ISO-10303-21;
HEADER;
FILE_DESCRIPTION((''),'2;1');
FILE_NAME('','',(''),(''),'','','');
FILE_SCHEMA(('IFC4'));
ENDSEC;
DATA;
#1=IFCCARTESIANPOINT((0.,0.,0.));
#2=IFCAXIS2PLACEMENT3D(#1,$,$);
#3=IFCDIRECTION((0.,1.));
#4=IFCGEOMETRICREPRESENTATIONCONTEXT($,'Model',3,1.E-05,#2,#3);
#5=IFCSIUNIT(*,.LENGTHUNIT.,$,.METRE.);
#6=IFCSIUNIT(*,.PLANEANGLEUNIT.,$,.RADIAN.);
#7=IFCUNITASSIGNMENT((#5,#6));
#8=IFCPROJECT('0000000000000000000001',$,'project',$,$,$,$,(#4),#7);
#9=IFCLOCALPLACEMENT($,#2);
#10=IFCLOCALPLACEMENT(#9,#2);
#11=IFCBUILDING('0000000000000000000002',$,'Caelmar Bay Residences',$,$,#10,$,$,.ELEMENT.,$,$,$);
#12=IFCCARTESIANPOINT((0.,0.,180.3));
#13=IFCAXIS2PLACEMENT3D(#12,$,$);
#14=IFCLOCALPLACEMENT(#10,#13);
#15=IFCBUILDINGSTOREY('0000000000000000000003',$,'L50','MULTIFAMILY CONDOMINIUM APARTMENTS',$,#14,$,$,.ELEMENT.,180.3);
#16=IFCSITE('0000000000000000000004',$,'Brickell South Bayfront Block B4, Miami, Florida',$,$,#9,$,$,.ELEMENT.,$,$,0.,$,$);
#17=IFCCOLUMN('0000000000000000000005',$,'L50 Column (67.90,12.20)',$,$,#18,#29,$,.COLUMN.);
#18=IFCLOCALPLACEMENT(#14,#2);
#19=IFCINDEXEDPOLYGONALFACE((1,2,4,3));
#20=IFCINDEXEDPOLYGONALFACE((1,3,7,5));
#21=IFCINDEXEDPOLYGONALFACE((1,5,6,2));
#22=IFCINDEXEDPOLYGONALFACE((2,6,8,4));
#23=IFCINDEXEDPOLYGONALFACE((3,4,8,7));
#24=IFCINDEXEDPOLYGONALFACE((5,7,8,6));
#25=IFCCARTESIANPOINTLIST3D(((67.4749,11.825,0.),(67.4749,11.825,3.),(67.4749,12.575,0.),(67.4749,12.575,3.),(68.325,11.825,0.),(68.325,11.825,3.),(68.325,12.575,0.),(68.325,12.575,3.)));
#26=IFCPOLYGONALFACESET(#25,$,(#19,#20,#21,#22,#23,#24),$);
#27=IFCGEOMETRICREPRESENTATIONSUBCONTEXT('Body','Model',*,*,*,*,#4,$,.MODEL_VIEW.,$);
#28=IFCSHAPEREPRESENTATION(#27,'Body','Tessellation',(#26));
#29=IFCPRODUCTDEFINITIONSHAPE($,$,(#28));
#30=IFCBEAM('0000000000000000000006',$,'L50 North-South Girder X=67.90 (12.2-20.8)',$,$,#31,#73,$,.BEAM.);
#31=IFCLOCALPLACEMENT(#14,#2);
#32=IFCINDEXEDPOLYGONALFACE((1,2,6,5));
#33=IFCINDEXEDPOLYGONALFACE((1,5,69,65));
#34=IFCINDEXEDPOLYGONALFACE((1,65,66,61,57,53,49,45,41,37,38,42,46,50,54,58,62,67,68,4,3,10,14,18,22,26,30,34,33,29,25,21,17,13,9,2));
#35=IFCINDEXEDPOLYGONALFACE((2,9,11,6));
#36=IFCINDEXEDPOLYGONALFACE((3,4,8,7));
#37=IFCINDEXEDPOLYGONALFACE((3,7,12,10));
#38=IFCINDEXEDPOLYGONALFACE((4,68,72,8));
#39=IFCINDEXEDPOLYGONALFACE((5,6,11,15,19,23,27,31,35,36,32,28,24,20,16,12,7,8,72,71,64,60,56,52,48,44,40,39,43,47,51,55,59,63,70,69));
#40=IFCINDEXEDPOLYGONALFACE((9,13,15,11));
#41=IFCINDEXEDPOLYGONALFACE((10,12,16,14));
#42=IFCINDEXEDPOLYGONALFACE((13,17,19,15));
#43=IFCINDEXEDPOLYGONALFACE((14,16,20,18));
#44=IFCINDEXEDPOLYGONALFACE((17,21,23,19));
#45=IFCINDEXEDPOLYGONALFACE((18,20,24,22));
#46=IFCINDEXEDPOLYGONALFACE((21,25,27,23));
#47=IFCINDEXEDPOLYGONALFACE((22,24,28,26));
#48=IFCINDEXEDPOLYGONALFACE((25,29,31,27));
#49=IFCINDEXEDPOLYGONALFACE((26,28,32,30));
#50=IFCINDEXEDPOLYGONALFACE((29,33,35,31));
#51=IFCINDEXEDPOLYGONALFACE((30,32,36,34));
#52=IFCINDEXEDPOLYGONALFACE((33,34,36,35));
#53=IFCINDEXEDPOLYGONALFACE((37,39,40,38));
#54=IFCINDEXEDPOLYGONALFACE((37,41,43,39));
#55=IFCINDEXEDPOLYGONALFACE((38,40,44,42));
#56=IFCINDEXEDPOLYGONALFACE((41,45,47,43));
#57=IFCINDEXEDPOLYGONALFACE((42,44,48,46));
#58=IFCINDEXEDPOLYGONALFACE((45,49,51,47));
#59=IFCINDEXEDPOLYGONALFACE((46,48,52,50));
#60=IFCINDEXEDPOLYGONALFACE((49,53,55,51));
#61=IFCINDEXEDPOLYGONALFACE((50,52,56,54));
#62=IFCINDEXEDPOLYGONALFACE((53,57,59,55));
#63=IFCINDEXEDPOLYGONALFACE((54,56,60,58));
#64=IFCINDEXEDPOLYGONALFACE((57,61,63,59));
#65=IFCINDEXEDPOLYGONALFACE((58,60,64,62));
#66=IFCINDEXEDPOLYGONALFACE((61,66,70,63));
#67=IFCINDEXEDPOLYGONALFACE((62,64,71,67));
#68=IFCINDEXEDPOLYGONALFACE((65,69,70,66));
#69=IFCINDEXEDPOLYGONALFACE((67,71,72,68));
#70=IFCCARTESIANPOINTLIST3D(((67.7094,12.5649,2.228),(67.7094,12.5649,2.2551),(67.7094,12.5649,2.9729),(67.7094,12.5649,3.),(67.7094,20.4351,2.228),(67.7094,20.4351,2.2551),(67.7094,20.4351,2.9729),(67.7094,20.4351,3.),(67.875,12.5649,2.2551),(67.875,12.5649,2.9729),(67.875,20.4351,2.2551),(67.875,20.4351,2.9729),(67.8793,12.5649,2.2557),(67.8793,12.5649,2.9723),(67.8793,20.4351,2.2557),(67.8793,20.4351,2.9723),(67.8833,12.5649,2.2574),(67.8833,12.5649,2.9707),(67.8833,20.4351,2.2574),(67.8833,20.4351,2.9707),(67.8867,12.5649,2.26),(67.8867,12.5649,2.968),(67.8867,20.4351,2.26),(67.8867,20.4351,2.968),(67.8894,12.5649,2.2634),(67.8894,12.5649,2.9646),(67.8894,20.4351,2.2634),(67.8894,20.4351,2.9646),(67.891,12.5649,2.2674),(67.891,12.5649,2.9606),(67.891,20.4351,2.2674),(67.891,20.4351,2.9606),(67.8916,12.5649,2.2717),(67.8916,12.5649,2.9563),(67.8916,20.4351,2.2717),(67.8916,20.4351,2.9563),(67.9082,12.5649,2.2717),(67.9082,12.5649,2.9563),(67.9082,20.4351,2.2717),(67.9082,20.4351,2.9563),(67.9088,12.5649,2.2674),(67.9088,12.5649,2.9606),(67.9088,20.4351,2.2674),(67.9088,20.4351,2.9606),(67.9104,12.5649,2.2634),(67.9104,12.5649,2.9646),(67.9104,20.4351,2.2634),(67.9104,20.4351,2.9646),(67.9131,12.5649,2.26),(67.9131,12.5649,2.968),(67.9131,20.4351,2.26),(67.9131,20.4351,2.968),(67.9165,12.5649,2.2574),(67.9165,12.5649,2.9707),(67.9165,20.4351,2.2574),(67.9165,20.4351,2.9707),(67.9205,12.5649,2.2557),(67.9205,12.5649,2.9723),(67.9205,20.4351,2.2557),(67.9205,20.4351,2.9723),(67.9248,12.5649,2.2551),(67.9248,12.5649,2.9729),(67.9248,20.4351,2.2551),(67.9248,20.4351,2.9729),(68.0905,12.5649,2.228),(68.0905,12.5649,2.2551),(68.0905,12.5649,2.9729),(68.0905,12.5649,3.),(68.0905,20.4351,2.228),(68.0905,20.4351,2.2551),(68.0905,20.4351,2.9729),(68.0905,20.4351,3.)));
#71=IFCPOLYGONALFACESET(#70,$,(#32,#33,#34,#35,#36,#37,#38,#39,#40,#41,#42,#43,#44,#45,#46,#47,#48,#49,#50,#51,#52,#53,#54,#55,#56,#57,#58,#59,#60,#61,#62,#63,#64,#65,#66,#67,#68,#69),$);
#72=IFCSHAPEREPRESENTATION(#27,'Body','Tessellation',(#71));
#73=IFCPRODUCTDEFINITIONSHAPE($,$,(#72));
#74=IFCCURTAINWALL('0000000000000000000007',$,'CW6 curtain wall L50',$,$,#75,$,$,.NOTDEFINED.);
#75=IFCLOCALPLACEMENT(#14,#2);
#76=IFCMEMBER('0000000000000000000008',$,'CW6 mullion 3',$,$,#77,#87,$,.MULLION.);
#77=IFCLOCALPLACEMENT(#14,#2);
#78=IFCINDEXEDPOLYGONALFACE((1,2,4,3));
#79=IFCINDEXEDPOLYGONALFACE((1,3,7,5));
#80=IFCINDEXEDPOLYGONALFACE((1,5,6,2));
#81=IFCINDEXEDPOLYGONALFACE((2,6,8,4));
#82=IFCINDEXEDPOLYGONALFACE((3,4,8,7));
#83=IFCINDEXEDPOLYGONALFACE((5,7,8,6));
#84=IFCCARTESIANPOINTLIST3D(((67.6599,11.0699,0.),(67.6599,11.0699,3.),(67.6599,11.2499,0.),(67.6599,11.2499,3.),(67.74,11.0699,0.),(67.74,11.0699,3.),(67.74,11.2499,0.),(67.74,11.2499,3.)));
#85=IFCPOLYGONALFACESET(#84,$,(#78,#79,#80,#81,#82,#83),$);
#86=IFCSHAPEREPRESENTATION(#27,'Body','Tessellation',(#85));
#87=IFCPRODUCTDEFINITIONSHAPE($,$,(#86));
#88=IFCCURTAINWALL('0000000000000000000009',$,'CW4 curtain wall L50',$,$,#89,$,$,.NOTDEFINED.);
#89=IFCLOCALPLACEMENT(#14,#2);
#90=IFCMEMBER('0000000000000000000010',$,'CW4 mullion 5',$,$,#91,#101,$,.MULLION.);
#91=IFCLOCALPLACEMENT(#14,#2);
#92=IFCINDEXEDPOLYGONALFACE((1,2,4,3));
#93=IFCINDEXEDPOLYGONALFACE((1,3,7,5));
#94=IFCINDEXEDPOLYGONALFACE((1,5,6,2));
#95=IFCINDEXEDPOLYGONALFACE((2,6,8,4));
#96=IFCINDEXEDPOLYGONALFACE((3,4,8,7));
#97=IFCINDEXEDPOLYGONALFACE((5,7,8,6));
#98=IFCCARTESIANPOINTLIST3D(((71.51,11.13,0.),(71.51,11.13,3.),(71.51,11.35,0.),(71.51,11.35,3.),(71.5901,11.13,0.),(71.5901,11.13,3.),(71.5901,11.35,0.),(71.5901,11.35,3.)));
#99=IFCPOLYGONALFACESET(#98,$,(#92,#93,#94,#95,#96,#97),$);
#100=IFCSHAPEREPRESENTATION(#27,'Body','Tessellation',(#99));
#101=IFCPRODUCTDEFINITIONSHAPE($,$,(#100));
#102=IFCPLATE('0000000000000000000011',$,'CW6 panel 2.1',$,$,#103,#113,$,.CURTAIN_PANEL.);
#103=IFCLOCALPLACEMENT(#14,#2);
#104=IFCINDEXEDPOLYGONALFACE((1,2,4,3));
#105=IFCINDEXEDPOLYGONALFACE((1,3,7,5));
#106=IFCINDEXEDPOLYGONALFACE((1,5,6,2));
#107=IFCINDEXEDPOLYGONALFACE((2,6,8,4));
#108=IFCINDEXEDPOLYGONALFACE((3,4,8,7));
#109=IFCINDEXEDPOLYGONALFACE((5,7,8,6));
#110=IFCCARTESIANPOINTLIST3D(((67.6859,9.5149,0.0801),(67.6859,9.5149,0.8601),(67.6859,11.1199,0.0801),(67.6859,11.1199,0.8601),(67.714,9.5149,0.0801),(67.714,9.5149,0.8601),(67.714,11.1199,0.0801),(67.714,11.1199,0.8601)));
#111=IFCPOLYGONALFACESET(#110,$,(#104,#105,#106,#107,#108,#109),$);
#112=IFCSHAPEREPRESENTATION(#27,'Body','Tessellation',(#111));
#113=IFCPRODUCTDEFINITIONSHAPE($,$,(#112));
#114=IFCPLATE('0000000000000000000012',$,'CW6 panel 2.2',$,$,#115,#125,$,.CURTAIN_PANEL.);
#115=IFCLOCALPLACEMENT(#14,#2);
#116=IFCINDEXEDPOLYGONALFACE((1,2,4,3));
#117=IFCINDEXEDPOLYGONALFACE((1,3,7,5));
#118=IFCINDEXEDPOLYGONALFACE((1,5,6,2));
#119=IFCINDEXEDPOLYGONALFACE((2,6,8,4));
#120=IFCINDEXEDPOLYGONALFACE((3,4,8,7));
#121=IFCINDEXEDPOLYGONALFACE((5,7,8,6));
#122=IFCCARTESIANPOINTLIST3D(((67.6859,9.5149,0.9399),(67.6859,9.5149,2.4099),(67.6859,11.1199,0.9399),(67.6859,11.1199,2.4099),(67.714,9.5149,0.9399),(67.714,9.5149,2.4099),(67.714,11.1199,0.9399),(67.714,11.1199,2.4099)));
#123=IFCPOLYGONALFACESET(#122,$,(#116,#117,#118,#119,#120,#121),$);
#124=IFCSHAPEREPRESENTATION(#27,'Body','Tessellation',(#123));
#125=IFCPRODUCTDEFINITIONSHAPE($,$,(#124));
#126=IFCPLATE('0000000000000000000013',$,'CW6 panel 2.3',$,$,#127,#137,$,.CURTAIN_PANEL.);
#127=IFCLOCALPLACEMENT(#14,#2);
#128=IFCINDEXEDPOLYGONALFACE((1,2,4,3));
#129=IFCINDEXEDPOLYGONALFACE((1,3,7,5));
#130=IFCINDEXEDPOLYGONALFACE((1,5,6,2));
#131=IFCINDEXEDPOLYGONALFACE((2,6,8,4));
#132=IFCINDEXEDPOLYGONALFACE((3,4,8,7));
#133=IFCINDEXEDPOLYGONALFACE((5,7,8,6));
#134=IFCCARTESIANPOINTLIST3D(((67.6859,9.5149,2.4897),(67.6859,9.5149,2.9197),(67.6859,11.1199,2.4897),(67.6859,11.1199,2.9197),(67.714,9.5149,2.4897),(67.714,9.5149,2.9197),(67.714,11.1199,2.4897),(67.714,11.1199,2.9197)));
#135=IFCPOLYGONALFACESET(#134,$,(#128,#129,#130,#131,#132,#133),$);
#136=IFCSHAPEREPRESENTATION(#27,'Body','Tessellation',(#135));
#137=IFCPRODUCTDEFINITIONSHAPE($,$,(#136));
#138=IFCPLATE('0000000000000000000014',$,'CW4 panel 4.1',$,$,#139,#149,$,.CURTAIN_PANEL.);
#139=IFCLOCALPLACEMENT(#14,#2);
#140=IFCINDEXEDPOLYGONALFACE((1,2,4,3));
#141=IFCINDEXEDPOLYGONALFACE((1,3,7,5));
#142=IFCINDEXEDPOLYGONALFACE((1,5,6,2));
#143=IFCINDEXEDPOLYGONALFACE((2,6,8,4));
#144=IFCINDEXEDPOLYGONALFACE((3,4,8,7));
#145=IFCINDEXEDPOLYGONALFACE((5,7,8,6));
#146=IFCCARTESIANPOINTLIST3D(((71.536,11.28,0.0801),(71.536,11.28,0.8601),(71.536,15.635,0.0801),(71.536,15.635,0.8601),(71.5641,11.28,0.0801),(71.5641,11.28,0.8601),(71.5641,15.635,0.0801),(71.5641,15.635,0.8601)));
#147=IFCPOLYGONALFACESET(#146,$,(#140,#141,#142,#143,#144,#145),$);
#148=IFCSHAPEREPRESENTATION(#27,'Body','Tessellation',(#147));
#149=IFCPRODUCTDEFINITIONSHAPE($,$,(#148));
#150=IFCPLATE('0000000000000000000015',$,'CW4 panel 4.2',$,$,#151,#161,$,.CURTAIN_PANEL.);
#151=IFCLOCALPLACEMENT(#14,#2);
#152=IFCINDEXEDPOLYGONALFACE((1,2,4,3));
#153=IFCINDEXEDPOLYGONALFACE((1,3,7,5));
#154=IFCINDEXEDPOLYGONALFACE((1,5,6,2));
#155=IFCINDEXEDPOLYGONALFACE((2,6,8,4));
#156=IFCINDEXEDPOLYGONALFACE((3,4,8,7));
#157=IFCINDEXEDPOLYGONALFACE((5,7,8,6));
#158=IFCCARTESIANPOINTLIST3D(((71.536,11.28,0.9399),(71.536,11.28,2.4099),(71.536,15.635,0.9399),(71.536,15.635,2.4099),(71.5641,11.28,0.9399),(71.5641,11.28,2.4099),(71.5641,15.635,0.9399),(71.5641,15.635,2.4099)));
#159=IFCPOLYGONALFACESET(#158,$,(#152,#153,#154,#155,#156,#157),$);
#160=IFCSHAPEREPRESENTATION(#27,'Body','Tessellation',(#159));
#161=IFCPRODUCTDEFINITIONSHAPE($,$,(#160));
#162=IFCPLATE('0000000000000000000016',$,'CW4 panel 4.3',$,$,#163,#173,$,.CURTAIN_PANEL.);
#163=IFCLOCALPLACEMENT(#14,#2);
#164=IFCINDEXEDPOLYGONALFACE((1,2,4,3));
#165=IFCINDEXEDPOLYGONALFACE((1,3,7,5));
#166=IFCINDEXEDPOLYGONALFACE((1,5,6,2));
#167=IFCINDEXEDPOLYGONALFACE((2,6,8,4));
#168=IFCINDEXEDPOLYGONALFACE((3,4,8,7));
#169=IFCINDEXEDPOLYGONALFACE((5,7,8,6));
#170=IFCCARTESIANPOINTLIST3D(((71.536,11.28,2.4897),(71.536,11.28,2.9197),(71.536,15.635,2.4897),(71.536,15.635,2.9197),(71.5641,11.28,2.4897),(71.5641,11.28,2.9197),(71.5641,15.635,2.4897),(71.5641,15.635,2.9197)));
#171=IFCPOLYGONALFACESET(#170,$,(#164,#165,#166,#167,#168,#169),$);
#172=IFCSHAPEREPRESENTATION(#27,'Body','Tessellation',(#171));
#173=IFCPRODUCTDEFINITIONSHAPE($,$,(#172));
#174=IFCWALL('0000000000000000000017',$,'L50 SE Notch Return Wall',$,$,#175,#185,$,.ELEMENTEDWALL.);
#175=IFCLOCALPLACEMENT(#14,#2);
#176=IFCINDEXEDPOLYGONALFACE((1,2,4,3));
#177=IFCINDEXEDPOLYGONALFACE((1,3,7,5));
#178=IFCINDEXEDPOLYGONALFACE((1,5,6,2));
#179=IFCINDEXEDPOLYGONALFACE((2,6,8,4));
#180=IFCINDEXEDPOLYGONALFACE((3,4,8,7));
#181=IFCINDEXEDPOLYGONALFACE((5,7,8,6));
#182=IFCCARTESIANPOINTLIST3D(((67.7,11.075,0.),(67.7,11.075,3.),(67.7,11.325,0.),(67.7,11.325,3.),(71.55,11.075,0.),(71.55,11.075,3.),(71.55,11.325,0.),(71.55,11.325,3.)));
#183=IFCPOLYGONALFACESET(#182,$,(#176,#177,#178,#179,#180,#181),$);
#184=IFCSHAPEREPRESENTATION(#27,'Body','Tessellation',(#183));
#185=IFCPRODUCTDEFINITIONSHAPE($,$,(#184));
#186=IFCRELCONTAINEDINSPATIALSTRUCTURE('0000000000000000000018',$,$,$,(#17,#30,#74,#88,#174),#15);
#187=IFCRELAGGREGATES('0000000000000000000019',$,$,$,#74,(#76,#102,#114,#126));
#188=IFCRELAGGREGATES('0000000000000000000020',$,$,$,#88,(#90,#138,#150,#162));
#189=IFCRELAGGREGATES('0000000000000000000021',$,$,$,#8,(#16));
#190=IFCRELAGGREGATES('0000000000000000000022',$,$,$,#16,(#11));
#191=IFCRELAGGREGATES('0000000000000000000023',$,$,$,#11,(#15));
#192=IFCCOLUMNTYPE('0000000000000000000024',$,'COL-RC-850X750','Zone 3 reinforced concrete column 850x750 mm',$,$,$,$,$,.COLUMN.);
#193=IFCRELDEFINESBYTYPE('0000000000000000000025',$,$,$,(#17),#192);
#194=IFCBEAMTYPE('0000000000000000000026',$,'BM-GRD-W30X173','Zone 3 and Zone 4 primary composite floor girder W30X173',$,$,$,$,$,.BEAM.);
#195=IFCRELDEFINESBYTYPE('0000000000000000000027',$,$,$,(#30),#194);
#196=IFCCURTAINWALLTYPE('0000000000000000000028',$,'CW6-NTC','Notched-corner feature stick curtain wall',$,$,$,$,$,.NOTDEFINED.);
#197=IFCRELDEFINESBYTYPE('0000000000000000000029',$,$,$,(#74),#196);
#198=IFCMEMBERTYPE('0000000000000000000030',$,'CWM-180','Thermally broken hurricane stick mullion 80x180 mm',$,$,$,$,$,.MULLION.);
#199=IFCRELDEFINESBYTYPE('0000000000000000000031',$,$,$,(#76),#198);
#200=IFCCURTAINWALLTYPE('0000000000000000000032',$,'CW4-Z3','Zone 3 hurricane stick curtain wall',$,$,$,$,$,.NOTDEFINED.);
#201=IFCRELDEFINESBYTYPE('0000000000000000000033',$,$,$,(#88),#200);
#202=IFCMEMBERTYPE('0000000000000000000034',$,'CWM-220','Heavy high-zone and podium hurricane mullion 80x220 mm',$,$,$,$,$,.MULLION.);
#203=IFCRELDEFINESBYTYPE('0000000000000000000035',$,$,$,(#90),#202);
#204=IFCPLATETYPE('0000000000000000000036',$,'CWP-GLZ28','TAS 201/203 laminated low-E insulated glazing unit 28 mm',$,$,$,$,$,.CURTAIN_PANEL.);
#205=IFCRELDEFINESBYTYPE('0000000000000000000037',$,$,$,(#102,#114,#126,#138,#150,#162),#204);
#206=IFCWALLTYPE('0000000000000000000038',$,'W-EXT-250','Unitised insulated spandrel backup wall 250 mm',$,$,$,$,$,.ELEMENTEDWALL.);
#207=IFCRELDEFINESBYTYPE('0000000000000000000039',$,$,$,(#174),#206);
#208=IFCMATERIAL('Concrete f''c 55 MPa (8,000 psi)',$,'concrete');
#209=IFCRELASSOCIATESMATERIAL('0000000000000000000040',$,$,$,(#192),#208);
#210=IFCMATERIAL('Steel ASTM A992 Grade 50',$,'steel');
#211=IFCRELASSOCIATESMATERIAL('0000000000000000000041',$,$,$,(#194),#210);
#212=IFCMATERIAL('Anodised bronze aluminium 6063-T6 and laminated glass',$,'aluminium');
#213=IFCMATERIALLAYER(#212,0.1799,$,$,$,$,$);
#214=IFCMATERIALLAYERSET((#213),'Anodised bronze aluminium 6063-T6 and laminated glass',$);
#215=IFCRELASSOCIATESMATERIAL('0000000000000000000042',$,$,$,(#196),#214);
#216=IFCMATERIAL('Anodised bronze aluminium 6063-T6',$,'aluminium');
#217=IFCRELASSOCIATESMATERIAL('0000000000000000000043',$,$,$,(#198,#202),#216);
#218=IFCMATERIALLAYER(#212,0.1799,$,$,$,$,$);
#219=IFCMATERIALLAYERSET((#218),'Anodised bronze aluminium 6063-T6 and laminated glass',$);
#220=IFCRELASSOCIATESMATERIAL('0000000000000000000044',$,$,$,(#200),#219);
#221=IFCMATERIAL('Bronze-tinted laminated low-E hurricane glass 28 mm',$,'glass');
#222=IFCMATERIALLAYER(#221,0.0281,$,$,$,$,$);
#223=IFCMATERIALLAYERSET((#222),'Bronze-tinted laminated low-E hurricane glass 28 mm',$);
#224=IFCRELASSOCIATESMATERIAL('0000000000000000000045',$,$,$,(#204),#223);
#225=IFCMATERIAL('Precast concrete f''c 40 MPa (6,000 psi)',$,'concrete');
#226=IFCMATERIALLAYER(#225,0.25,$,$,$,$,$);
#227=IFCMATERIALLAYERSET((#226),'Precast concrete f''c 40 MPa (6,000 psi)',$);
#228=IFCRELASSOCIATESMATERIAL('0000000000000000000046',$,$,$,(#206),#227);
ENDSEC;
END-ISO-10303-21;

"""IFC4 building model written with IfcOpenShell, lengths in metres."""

from ifc_helpers import new_model, si_unit, direction, frame, frame_2d, origin, origin_2d, place, context, subcontext, project, spatial, rectangle, i_section, extrude, material, layer, layer_set, material_profile, profile_set, type_object, element, aggregate, save


model = new_model("IFC4")

# Units and contexts
model_context = context("Model", 3, precision=1e-05, world=origin(), true_north=direction((0.0, 1.0)))
body_context = subcontext(model_context, "Body", "Model", "MODEL_VIEW")
ifc_project = project(units=[si_unit("LENGTHUNIT", "METRE"), si_unit("PLANEANGLEUNIT", "RADIAN")], contexts=[model_context])

# Site, building, storey
site_placement = place(None, origin())
site = spatial("IfcSite", under=ifc_project, at=site_placement, Name="Brickell South Bayfront Block B4, Miami, Florida", CompositionType="ELEMENT", RefElevation=0.0)
building_placement = place(site_placement, origin())
building = spatial("IfcBuilding", under=site, at=building_placement, Name="Caelmar Bay Residences", CompositionType="ELEMENT")
storey_placement = place(building_placement, frame((0.0, 0.0, 180.3)))
storey = spatial("IfcBuildingStorey", under=building, at=storey_placement, Name="L50", Description="MULTIFAMILY CONDOMINIUM APARTMENTS", CompositionType="ELEMENT", Elevation=180.3)

# Column
ifc_material_1 = material(Name="Concrete f'c 55 MPa (8,000 psi)", Category="concrete")
ifc_material_profile_1 = material_profile(ifc_material_1, rectangle(XDim=0.8501, YDim=0.75, at=origin_2d()), Name="RC-COL-850X750")
ifc_profile_set_1 = profile_set([ifc_material_profile_1], Name="Concrete f'c 55 MPa (8,000 psi)")
column_type = type_object("IfcColumnType", Name="COL-RC-850X750", Description="Zone 3 reinforced concrete column 850x750 mm", PredefinedType="COLUMN", material=ifc_profile_set_1)
column_placement = place(storey_placement, frame((67.8999, 12.2, 0.0), z_axis=(0.0, 0.0, 1.0), x_axis=(1.0, 0.0, 0.0)))
element("IfcColumn", 1, at=column_placement, inside=storey, type_object=column_type, Name="L50 Column (67.90,12.20)", PredefinedType="COLUMN", context=body_context, shape_type="SweptSolid", body=[
    extrude(rectangle(XDim=0.8501, YDim=0.75, at=origin_2d()), origin(), (0.0, 0.0, 1.0), 3.0),
])

# Beam
ifc_material_2 = material(Name="Steel ASTM A992 Grade 50", Category="steel")
ifc_material_profile_2 = material_profile(ifc_material_2, i_section(OverallWidth=0.3811, OverallDepth=0.772, WebThickness=0.0166, FlangeThickness=0.0271, FilletRadius=0.0166, at=origin_2d()), Name="W30X173")
ifc_profile_set_2 = profile_set([ifc_material_profile_2], Name="Steel ASTM A992 Grade 50")
beam_type = type_object("IfcBeamType", Name="BM-GRD-W30X173", Description="Zone 3 and Zone 4 primary composite floor girder W30X173", PredefinedType="BEAM", material=ifc_profile_set_2)
beam_placement = place(storey_placement, frame((67.8999, 12.5649, 2.614), z_axis=(0.0, 1.0, 0.0), x_axis=(-1.0, 0.0, 0.0)))
element("IfcBeam", 2, at=beam_placement, inside=storey, type_object=beam_type, Name="L50 North-South Girder X=67.90 (12.2-20.8)", PredefinedType="BEAM", context=body_context, shape_type="SweptSolid", body=[
    extrude(i_section(OverallWidth=0.3811, OverallDepth=0.772, WebThickness=0.0166, FlangeThickness=0.0271, FilletRadius=0.0166, at=origin_2d()), origin(), (0.0, 0.0, 1.0), 7.8701),
])

# Curtain walls, members
ifc_material_3 = material(Name="Anodised bronze aluminium 6063-T6 and laminated glass", Category="aluminium")
ifc_layer_1 = layer(ifc_material_3, 0.1799)
ifc_layer_set_1 = layer_set([ifc_layer_1], Name="Anodised bronze aluminium 6063-T6 and laminated glass")
curtain_wall_type_1 = type_object("IfcCurtainWallType", Name="CW6-NTC", Description="Notched-corner feature stick curtain wall", PredefinedType="NOTDEFINED", material=ifc_layer_set_1)
curtain_wall_1_placement = place(storey_placement, origin())
curtain_wall_1 = element("IfcCurtainWall", 3, at=curtain_wall_1_placement, inside=storey, type_object=curtain_wall_type_1, Name="CW6 curtain wall L50", PredefinedType="NOTDEFINED")
ifc_material_4 = material(Name="Anodised bronze aluminium 6063-T6", Category="aluminium")
ifc_material_profile_3 = material_profile(ifc_material_4, rectangle(XDim=0.0801, YDim=0.1799, at=origin_2d()), Name="CWM-80X180")
ifc_profile_set_3 = profile_set([ifc_material_profile_3], Name="Anodised bronze aluminium 6063-T6")
member_type_1 = type_object("IfcMemberType", Name="CWM-180", Description="Thermally broken hurricane stick mullion 80x180 mm", PredefinedType="MULLION", material=ifc_profile_set_3)
member_1_placement = place(storey_placement, frame((67.7, 11.1599, 0.0), z_axis=(0.0, 0.0, 1.0), x_axis=(-1.0, 0.0, 0.0)))
member_1 = element("IfcMember", 4, at=member_1_placement, type_object=member_type_1, Name="CW6 mullion 3", PredefinedType="MULLION", context=body_context, shape_type="SweptSolid", body=[
    extrude(rectangle(XDim=0.0801, YDim=0.1799, at=origin_2d()), origin(), (0.0, 0.0, 1.0), 3.0),
])
ifc_layer_2 = layer(ifc_material_3, 0.1799)
ifc_layer_set_2 = layer_set([ifc_layer_2], Name="Anodised bronze aluminium 6063-T6 and laminated glass")
curtain_wall_type_2 = type_object("IfcCurtainWallType", Name="CW4-Z3", Description="Zone 3 hurricane stick curtain wall", PredefinedType="NOTDEFINED", material=ifc_layer_set_2)
curtain_wall_2_placement = place(storey_placement, origin())
curtain_wall_2 = element("IfcCurtainWall", 5, at=curtain_wall_2_placement, inside=storey, type_object=curtain_wall_type_2, Name="CW4 curtain wall L50", PredefinedType="NOTDEFINED")
ifc_material_profile_4 = material_profile(ifc_material_4, rectangle(XDim=0.0801, YDim=0.22, at=origin_2d()), Name="CWM-80X220")
ifc_profile_set_4 = profile_set([ifc_material_profile_4], Name="Anodised bronze aluminium 6063-T6")
member_type_2 = type_object("IfcMemberType", Name="CWM-220", Description="Heavy high-zone and podium hurricane mullion 80x220 mm", PredefinedType="MULLION", material=ifc_profile_set_4)
member_2_placement = place(storey_placement, frame((71.55, 11.24, 0.0), z_axis=(0.0, 0.0, 1.0), x_axis=(1.0, 0.0, 0.0)))
member_2 = element("IfcMember", 6, at=member_2_placement, type_object=member_type_2, Name="CW4 mullion 5", PredefinedType="MULLION", context=body_context, shape_type="SweptSolid", body=[
    extrude(rectangle(XDim=0.0801, YDim=0.22, at=origin_2d()), origin(), (0.0, 0.0, 1.0), 3.0),
])

# Plates
ifc_material_5 = material(Name="Bronze-tinted laminated low-E hurricane glass 28 mm", Category="glass")
ifc_layer_3 = layer(ifc_material_5, 0.0281)
ifc_layer_set_3 = layer_set([ifc_layer_3], Name="Bronze-tinted laminated low-E hurricane glass 28 mm")
plate_type = type_object("IfcPlateType", Name="CWP-GLZ28", Description="TAS 201/203 laminated low-E insulated glazing unit 28 mm", PredefinedType="CURTAIN_PANEL", material=ifc_layer_set_3)
plate_1_placement = place(storey_placement, frame((67.7, 10.3174, 0.0801), z_axis=(0.0, 0.0, 1.0), x_axis=(0.0, 1.0, 0.0)))
plate_1 = element("IfcPlate", 7, at=plate_1_placement, type_object=plate_type, Name="CW6 panel 2.1", PredefinedType="CURTAIN_PANEL", context=body_context, shape_type="SweptSolid", body=[
    extrude(rectangle(XDim=1.605, YDim=0.0281, at=origin_2d()), origin(), (0.0, 0.0, 1.0), 0.78),
])
plate_2_placement = place(storey_placement, frame((67.7, 10.3174, 0.9399), z_axis=(0.0, 0.0, 1.0), x_axis=(0.0, 1.0, 0.0)))
plate_2 = element("IfcPlate", 8, at=plate_2_placement, type_object=plate_type, Name="CW6 panel 2.2", PredefinedType="CURTAIN_PANEL", context=body_context, shape_type="SweptSolid", body=[
    extrude(rectangle(XDim=1.605, YDim=0.0281, at=origin_2d()), origin(), (0.0, 0.0, 1.0), 1.47),
])
plate_3_placement = place(storey_placement, frame((67.7, 10.3174, 2.4897), z_axis=(0.0, 0.0, 1.0), x_axis=(0.0, 1.0, 0.0)))
plate_3 = element("IfcPlate", 9, at=plate_3_placement, type_object=plate_type, Name="CW6 panel 2.3", PredefinedType="CURTAIN_PANEL", context=body_context, shape_type="SweptSolid", body=[
    extrude(rectangle(XDim=1.605, YDim=0.0281, at=origin_2d()), origin(), (0.0, 0.0, 1.0), 0.4299),
])
aggregate(curtain_wall_1, [member_1, plate_1, plate_2, plate_3])
plate_4_placement = place(storey_placement, frame((71.55, 13.4575, 0.0801), z_axis=(0.0, 0.0, 1.0), x_axis=(0.0, -1.0, 0.0)))
plate_4 = element("IfcPlate", 10, at=plate_4_placement, type_object=plate_type, Name="CW4 panel 4.1", PredefinedType="CURTAIN_PANEL", context=body_context, shape_type="SweptSolid", body=[
    extrude(rectangle(XDim=4.355, YDim=0.0281, at=origin_2d()), origin(), (0.0, 0.0, 1.0), 0.78),
])
plate_5_placement = place(storey_placement, frame((71.55, 13.4575, 0.9399), z_axis=(0.0, 0.0, 1.0), x_axis=(0.0, -1.0, 0.0)))
plate_5 = element("IfcPlate", 11, at=plate_5_placement, type_object=plate_type, Name="CW4 panel 4.2", PredefinedType="CURTAIN_PANEL", context=body_context, shape_type="SweptSolid", body=[
    extrude(rectangle(XDim=4.355, YDim=0.0281, at=origin_2d()), origin(), (0.0, 0.0, 1.0), 1.47),
])
plate_6_placement = place(storey_placement, frame((71.55, 13.4575, 2.4897), z_axis=(0.0, 0.0, 1.0), x_axis=(0.0, -1.0, 0.0)))
plate_6 = element("IfcPlate", 12, at=plate_6_placement, type_object=plate_type, Name="CW4 panel 4.3", PredefinedType="CURTAIN_PANEL", context=body_context, shape_type="SweptSolid", body=[
    extrude(rectangle(XDim=4.355, YDim=0.0281, at=origin_2d()), origin(), (0.0, 0.0, 1.0), 0.4299),
])
aggregate(curtain_wall_2, [member_2, plate_4, plate_5, plate_6])

# Wall
ifc_material_6 = material(Name="Precast concrete f'c 40 MPa (6,000 psi)", Category="concrete")
ifc_layer_4 = layer(ifc_material_6, 0.25)
ifc_layer_set_4 = layer_set([ifc_layer_4], Name="Precast concrete f'c 40 MPa (6,000 psi)")
wall_type_1 = type_object("IfcWallType", Name="W-EXT-250", Description="Unitised insulated spandrel backup wall 250 mm", PredefinedType="ELEMENTEDWALL", material=ifc_layer_set_4)
wall_1_placement = place(storey_placement, frame((67.7, 11.2, 0.0), z_axis=(0.0, 0.0, 1.0), x_axis=(1.0, 0.0, 0.0)))
element("IfcWall", 13, at=wall_1_placement, inside=storey, type_object=wall_type_1, Name="L50 SE Notch Return Wall", PredefinedType="ELEMENTEDWALL", context=body_context, shape_type="SweptSolid", body=[
    extrude(rectangle(XDim=3.8501, YDim=0.25, at=frame_2d((1.925, 0.0))), origin(), (0.0, 0.0, 1.0), 3.0),
])

save(model, "model.ifc")
